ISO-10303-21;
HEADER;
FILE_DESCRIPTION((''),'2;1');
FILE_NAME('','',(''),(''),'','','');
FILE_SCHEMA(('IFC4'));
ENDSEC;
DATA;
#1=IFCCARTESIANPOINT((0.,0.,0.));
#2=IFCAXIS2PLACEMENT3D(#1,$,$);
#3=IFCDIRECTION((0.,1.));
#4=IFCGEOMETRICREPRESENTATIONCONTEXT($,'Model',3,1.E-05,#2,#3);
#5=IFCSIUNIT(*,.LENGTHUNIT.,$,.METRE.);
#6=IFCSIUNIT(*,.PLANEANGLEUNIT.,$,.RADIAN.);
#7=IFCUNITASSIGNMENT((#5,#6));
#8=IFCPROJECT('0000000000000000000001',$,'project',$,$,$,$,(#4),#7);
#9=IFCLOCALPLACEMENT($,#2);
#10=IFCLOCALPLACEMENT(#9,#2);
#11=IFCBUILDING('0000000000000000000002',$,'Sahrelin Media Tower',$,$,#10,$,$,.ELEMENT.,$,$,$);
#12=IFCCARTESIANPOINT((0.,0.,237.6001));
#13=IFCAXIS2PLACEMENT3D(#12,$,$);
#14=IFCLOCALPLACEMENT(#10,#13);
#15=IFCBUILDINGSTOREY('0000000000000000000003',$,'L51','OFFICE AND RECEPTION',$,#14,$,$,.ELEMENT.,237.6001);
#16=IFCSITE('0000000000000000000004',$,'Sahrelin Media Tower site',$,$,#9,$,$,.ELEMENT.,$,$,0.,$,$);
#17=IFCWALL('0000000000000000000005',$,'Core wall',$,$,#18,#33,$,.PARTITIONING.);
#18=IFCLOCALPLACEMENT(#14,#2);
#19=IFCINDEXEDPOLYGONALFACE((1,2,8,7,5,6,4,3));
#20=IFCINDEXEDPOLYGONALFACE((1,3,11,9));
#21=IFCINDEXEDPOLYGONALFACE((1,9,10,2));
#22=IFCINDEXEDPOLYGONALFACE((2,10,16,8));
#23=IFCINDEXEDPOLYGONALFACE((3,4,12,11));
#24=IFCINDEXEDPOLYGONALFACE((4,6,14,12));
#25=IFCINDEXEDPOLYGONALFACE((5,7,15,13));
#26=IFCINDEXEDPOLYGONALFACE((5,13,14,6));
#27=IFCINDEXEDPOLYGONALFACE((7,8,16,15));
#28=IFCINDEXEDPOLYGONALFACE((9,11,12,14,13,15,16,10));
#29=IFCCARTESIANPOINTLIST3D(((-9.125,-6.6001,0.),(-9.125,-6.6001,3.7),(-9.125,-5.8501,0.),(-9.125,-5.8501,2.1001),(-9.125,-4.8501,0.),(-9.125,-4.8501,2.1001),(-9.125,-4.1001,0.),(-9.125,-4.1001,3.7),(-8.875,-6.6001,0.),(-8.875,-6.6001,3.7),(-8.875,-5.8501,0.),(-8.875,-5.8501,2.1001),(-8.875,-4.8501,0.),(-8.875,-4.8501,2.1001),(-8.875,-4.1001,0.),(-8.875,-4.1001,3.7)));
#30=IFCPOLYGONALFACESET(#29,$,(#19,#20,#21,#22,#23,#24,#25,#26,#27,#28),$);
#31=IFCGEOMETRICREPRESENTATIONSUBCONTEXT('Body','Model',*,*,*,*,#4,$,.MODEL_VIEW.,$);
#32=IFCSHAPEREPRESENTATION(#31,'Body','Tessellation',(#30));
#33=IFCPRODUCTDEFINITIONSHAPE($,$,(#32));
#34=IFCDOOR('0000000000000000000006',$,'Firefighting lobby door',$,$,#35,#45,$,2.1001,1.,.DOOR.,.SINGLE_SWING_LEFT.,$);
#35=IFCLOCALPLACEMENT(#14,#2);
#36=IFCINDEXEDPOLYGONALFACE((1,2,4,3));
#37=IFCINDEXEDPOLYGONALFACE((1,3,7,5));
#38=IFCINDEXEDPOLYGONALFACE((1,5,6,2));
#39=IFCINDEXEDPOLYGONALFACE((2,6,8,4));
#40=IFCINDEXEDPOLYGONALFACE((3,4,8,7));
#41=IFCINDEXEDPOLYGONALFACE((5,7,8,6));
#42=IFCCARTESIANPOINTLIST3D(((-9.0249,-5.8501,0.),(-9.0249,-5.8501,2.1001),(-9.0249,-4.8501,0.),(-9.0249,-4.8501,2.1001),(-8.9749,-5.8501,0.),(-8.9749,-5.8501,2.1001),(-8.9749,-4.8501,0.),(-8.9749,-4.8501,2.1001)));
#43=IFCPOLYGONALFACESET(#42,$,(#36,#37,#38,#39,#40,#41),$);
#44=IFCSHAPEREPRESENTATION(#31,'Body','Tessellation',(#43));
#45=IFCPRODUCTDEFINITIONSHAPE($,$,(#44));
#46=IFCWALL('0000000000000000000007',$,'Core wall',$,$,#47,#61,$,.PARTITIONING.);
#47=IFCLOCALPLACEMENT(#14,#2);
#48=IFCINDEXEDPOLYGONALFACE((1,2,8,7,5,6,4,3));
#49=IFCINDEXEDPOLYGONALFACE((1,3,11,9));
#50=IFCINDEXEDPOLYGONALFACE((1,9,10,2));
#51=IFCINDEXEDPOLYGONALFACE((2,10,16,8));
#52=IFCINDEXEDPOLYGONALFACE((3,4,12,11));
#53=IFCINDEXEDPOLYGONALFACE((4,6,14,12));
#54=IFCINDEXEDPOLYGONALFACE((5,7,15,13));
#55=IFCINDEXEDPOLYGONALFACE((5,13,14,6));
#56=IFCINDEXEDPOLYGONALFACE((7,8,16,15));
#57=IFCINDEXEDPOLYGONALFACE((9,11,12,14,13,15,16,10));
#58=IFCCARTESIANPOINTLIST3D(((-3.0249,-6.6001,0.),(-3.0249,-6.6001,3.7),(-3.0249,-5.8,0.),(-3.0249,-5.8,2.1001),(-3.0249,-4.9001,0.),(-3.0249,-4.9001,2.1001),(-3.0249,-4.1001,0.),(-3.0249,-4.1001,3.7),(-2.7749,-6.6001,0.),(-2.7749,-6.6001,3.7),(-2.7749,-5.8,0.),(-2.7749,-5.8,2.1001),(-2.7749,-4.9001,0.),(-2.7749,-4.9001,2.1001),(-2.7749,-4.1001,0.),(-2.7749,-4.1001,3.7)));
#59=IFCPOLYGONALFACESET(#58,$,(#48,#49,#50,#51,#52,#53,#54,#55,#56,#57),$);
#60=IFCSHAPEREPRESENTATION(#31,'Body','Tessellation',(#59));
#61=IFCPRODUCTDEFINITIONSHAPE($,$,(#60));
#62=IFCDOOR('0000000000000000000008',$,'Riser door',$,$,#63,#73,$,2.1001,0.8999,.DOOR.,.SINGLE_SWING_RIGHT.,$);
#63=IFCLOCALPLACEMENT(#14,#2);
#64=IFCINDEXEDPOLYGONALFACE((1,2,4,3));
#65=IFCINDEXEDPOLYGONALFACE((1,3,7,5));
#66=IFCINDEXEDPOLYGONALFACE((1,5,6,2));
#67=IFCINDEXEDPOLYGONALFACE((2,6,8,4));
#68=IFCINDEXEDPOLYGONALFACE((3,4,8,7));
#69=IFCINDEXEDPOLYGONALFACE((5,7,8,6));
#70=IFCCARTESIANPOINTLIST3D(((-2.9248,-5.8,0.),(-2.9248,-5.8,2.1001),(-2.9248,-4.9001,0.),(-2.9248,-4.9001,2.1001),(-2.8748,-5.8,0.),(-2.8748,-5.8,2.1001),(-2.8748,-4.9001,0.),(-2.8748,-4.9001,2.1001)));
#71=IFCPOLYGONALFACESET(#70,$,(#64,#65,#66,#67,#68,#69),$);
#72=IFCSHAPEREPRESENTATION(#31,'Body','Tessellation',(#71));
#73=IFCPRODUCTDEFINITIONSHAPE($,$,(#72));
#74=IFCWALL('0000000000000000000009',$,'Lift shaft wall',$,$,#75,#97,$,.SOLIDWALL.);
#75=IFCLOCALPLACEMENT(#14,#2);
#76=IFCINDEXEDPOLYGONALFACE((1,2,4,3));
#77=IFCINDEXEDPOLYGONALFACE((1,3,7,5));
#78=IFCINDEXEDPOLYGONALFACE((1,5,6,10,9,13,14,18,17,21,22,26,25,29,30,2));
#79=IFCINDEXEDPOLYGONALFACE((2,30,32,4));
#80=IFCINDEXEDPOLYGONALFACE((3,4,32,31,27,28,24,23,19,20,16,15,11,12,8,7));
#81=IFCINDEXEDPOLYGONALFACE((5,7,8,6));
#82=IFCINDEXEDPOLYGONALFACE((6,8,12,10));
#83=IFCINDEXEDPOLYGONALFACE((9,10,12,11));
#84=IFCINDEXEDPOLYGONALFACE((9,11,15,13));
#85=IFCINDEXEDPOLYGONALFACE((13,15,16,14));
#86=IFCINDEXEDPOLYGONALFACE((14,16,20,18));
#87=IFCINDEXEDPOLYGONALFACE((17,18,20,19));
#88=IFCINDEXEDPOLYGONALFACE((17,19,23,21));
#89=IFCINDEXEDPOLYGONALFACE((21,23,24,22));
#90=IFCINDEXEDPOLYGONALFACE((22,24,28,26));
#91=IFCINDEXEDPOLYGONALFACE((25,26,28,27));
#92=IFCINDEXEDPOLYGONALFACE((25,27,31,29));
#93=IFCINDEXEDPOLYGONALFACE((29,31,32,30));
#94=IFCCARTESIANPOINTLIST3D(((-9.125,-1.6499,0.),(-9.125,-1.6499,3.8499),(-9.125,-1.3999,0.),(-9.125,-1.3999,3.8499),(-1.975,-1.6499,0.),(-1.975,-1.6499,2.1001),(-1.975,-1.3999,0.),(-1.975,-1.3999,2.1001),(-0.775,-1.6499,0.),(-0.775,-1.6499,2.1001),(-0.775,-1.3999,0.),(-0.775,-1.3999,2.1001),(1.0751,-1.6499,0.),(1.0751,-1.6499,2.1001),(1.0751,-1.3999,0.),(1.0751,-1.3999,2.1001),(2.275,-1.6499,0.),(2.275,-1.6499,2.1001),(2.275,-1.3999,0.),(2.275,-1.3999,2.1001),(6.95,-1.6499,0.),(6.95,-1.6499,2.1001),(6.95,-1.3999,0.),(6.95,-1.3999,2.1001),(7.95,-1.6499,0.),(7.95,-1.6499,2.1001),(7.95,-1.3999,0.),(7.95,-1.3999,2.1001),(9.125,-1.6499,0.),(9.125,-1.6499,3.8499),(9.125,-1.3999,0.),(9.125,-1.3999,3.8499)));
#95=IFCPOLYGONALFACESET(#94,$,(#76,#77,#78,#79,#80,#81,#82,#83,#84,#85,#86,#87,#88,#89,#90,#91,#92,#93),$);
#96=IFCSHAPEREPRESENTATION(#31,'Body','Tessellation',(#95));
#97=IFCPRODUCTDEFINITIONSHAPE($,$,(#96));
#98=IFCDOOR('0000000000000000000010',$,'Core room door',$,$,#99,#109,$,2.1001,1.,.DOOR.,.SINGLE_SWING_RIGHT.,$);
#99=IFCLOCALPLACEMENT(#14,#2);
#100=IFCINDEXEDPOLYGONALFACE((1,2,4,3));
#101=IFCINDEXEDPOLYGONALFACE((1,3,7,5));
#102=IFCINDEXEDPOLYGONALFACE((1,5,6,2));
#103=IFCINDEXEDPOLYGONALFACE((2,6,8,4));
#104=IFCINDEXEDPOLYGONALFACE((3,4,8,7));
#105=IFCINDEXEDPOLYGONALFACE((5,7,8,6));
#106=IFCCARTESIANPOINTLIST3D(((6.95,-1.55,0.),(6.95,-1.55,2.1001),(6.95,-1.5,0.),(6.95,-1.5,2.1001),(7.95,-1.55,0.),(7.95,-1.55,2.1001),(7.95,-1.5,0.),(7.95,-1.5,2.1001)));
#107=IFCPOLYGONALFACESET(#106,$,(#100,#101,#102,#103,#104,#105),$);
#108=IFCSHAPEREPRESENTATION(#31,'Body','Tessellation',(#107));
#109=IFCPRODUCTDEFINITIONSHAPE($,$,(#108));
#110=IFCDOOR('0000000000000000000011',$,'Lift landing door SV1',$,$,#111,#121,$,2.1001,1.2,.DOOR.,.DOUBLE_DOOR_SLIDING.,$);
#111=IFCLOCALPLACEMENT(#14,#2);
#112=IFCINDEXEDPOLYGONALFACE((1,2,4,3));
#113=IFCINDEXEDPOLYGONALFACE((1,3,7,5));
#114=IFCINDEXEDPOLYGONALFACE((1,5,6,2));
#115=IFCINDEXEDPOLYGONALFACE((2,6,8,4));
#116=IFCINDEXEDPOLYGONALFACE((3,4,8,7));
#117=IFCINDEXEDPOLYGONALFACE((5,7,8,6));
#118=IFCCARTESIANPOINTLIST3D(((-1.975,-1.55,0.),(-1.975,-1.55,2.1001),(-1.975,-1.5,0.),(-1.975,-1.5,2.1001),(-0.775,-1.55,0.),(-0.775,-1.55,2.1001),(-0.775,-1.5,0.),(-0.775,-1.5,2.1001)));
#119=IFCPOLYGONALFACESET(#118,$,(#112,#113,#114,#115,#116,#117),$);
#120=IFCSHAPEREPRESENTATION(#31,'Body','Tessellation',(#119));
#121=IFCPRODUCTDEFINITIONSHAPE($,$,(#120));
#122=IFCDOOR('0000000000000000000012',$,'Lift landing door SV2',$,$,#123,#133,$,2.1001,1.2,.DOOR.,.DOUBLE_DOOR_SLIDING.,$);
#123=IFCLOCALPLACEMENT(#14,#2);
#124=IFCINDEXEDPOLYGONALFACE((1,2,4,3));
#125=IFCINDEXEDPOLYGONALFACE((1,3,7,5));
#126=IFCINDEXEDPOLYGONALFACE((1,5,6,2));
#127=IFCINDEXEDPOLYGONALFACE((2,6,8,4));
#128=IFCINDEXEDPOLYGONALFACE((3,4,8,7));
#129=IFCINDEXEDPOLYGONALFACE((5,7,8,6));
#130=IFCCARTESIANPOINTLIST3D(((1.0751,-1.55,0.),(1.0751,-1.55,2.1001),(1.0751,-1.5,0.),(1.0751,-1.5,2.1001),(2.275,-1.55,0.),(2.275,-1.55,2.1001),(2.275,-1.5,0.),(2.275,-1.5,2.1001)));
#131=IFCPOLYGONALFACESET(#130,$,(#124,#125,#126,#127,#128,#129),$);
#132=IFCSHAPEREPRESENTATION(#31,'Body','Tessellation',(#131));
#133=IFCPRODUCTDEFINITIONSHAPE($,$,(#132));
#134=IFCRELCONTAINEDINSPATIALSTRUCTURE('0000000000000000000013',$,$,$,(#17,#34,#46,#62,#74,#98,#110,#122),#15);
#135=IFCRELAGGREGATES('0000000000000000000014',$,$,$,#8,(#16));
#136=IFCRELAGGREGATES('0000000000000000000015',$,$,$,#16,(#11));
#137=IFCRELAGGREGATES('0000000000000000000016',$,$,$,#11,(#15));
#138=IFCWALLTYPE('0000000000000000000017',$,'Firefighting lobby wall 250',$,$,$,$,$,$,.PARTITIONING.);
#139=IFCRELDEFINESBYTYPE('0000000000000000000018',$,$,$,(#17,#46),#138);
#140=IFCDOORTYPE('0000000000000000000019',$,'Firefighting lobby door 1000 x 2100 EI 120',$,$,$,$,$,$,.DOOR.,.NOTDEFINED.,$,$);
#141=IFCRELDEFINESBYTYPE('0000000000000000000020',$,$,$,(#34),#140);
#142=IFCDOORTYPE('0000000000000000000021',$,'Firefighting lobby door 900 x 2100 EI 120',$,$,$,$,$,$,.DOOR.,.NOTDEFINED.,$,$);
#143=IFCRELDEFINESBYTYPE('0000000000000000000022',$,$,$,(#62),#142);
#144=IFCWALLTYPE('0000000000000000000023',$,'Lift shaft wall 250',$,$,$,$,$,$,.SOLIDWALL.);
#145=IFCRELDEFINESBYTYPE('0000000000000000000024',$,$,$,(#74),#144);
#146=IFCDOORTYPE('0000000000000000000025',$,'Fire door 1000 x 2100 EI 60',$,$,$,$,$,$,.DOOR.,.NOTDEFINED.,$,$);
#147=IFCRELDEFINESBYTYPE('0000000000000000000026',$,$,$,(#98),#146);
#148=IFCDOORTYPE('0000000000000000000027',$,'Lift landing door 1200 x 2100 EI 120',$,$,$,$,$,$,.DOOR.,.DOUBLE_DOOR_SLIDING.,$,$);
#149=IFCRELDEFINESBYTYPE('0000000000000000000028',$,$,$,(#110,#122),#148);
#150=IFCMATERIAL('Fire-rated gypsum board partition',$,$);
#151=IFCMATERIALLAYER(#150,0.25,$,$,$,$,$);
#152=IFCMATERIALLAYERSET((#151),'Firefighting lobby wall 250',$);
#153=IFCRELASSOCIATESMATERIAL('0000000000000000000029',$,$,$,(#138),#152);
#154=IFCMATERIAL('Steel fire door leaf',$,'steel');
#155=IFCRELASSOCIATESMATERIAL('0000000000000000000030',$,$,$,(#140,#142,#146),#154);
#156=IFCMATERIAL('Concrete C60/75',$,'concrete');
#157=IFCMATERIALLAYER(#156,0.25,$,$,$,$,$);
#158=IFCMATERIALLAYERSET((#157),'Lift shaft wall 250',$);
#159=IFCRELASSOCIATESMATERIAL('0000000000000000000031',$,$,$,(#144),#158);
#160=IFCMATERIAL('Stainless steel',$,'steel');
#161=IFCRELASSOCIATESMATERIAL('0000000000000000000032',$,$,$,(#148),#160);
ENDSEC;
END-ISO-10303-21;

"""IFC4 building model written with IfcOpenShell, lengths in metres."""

from ifc_helpers import new_model, si_unit, direction, frame, frame_2d, origin, place, context, subcontext, project, spatial, rectangle, extrude, material, layer, layer_set, type_object, element, fill, save


model = new_model("IFC4")

# Units and contexts
model_context = context("Model", 3, precision=1e-05, world=origin(), true_north=direction((0.0, 1.0)))
body_context = subcontext(model_context, "Body", "Model", "MODEL_VIEW")
ifc_project = project(units=[si_unit("LENGTHUNIT", "METRE"), si_unit("PLANEANGLEUNIT", "RADIAN")], contexts=[model_context])

# Site, building, storey
site_placement = place(None, origin())
site = spatial("IfcSite", under=ifc_project, at=site_placement, Name="Sahrelin Media Tower site", CompositionType="ELEMENT", RefElevation=0.0)
building_placement = place(site_placement, origin())
building = spatial("IfcBuilding", under=site, at=building_placement, Name="Sahrelin Media Tower", CompositionType="ELEMENT")
storey_placement = place(building_placement, frame((0.0, 0.0, 237.6001)))
storey = spatial("IfcBuildingStorey", under=building, at=storey_placement, Name="L51", Description="OFFICE AND RECEPTION", CompositionType="ELEMENT", Elevation=237.6001)

# Shared definitions
ifc_material_1 = material(Name="Concrete C60/75", Category="concrete")

# Walls, openings, doors
ifc_material_2 = material(Name="Fire-rated gypsum board partition")
ifc_layer_1 = layer(ifc_material_2, 0.25)
ifc_layer_set_1 = layer_set([ifc_layer_1], Name="Firefighting lobby wall 250")
wall_type_1 = type_object("IfcWallType", Name="Firefighting lobby wall 250", PredefinedType="PARTITIONING", material=ifc_layer_set_1)
wall_1_placement = place(storey_placement, frame((-9.0, -6.6001, 0.0), z_axis=(0.0, 0.0, 1.0), x_axis=(0.0, 1.0, 0.0)))
wall_1 = element("IfcWall", 1, at=wall_1_placement, inside=storey, type_object=wall_type_1, Name="Core wall", PredefinedType="PARTITIONING", context=body_context, shape_type="SweptSolid", body=[
    extrude(rectangle(XDim=2.5, YDim=0.25, at=frame_2d((1.25, 0.0))), origin(), (0.0, 0.0, 1.0), 3.7),
])
opening_1_placement = place(wall_1_placement, frame((0.75, 0.0, 0.0)))
opening_1 = element("IfcOpeningElement", 2, at=opening_1_placement, cuts=wall_1, PredefinedType="OPENING", context=body_context, shape_type="SweptSolid", body=[
    extrude(rectangle(XDim=1.0, YDim=2.1001, at=frame_2d((0.5, 1.05))), frame((0.0, 0.125, 0.0), z_axis=(0.0, -1.0, 0.0), x_axis=(1.0, 0.0, 0.0)), (0.0, 0.0, 1.0), 0.25),
])
ifc_material_3 = material(Name="Steel fire door leaf", Category="steel")
door_type_1 = type_object("IfcDoorType", Name="Firefighting lobby door 1000 x 2100 EI 120", OperationType="NOTDEFINED", PredefinedType="DOOR", material=ifc_material_3)
door_1_placement = place(opening_1_placement, origin())
door_1 = element("IfcDoor", 3, at=door_1_placement, inside=storey, type_object=door_type_1, Name="Firefighting lobby door", OperationType="SINGLE_SWING_LEFT", OverallHeight=2.1001, OverallWidth=1.0, PredefinedType="DOOR", context=body_context, shape_type="SweptSolid", body=[
    extrude(rectangle(XDim=1.0, YDim=2.1001, at=frame_2d((0.5, 1.05))), frame((0.0, 0.0249, 0.0), z_axis=(0.0, -1.0, 0.0), x_axis=(1.0, 0.0, 0.0)), (0.0, 0.0, 1.0), 0.05),
])
fill(opening_1, door_1)
wall_2_placement = place(storey_placement, frame((-2.8999, -6.6001, 0.0), z_axis=(0.0, 0.0, 1.0), x_axis=(0.0, 1.0, 0.0)))
wall_2 = element("IfcWall", 4, at=wall_2_placement, inside=storey, type_object=wall_type_1, Name="Core wall", PredefinedType="PARTITIONING", context=body_context, shape_type="SweptSolid", body=[
    extrude(rectangle(XDim=2.5, YDim=0.25, at=frame_2d((1.25, 0.0))), origin(), (0.0, 0.0, 1.0), 3.7),
])
opening_2_placement = place(wall_2_placement, frame((0.8, 0.0, 0.0)))
opening_2 = element("IfcOpeningElement", 5, at=opening_2_placement, cuts=wall_2, PredefinedType="OPENING", context=body_context, shape_type="SweptSolid", body=[
    extrude(rectangle(XDim=0.8999, YDim=2.1001, at=frame_2d((0.45, 1.05))), frame((0.0, 0.125, 0.0), z_axis=(0.0, -1.0, 0.0), x_axis=(1.0, 0.0, 0.0)), (0.0, 0.0, 1.0), 0.25),
])
door_type_2 = type_object("IfcDoorType", Name="Firefighting lobby door 900 x 2100 EI 120", OperationType="NOTDEFINED", PredefinedType="DOOR", material=ifc_material_3)
door_2_placement = place(opening_2_placement, origin())
door_2 = element("IfcDoor", 6, at=door_2_placement, inside=storey, type_object=door_type_2, Name="Riser door", OperationType="SINGLE_SWING_RIGHT", OverallHeight=2.1001, OverallWidth=0.8999, PredefinedType="DOOR", context=body_context, shape_type="SweptSolid", body=[
    extrude(rectangle(XDim=0.8999, YDim=2.1001, at=frame_2d((0.45, 1.05))), frame((0.0, 0.0249, 0.0), z_axis=(0.0, -1.0, 0.0), x_axis=(1.0, 0.0, 0.0)), (0.0, 0.0, 1.0), 0.05),
])
fill(opening_2, door_2)

# Wall, openings, doors
ifc_layer_2 = layer(ifc_material_1, 0.25)
ifc_layer_set_2 = layer_set([ifc_layer_2], Name="Lift shaft wall 250")
wall_type_2 = type_object("IfcWallType", Name="Lift shaft wall 250", PredefinedType="SOLIDWALL", material=ifc_layer_set_2)
wall_3_placement = place(storey_placement, frame((-9.125, -1.5249, 0.0), z_axis=(0.0, 0.0, 1.0), x_axis=(1.0, 0.0, 0.0)))
wall_3 = element("IfcWall", 7, at=wall_3_placement, inside=storey, type_object=wall_type_2, Name="Lift shaft wall", PredefinedType="SOLIDWALL", context=body_context, shape_type="SweptSolid", body=[
    extrude(rectangle(XDim=18.25, YDim=0.25, at=frame_2d((9.125, 0.0))), origin(), (0.0, 0.0, 1.0), 3.8499),
])
opening_3_placement = place(wall_3_placement, frame((7.1499, 0.0, 0.0)))
opening_3 = element("IfcOpeningElement", 8, at=opening_3_placement, cuts=wall_3, PredefinedType="OPENING", context=body_context, shape_type="SweptSolid", body=[
    extrude(rectangle(XDim=1.2, YDim=2.1001, at=frame_2d((0.6001, 1.05))), frame((0.0, 0.125, 0.0), z_axis=(0.0, -1.0, 0.0), x_axis=(1.0, 0.0, 0.0)), (0.0, 0.0, 1.0), 0.25),
])
opening_4_placement = place(wall_3_placement, frame((10.2, 0.0, 0.0)))
opening_4 = element("IfcOpeningElement", 9, at=opening_4_placement, cuts=wall_3, PredefinedType="OPENING", context=body_context, shape_type="SweptSolid", body=[
    extrude(rectangle(XDim=1.2, YDim=2.1001, at=frame_2d((0.6001, 1.05))), frame((0.0, 0.125, 0.0), z_axis=(0.0, -1.0, 0.0), x_axis=(1.0, 0.0, 0.0)), (0.0, 0.0, 1.0), 0.25),
])
opening_5_placement = place(wall_3_placement, frame((16.075, 0.0, 0.0)))
opening_5 = element("IfcOpeningElement", 10, at=opening_5_placement, cuts=wall_3, PredefinedType="OPENING", context=body_context, shape_type="SweptSolid", body=[
    extrude(rectangle(XDim=1.0, YDim=2.1001, at=frame_2d((0.5, 1.05))), frame((0.0, 0.125, 0.0), z_axis=(0.0, -1.0, 0.0), x_axis=(1.0, 0.0, 0.0)), (0.0, 0.0, 1.0), 0.25),
])
door_type_3 = type_object("IfcDoorType", Name="Fire door 1000 x 2100 EI 60", OperationType="NOTDEFINED", PredefinedType="DOOR", material=ifc_material_3)
door_3_placement = place(opening_5_placement, origin())
door_3 = element("IfcDoor", 11, at=door_3_placement, inside=storey, type_object=door_type_3, Name="Core room door", OperationType="SINGLE_SWING_RIGHT", OverallHeight=2.1001, OverallWidth=1.0, PredefinedType="DOOR", context=body_context, shape_type="SweptSolid", body=[
    extrude(rectangle(XDim=1.0, YDim=2.1001, at=frame_2d((0.5, 1.05))), frame((0.0, 0.0249, 0.0), z_axis=(0.0, -1.0, 0.0), x_axis=(1.0, 0.0, 0.0)), (0.0, 0.0, 1.0), 0.05),
])
fill(opening_5, door_3)
ifc_material_4 = material(Name="Stainless steel", Category="steel")
door_type_4 = type_object("IfcDoorType", Name="Lift landing door 1200 x 2100 EI 120", OperationType="DOUBLE_DOOR_SLIDING", PredefinedType="DOOR", material=ifc_material_4)
door_4_placement = place(opening_3_placement, origin())
door_4 = element("IfcDoor", 12, at=door_4_placement, inside=storey, type_object=door_type_4, Name="Lift landing door SV1", OperationType="DOUBLE_DOOR_SLIDING", OverallHeight=2.1001, OverallWidth=1.2, PredefinedType="DOOR", context=body_context, shape_type="SweptSolid", body=[
    extrude(rectangle(XDim=1.2, YDim=2.1001, at=frame_2d((0.6001, 1.05))), frame((0.0, 0.0249, 0.0), z_axis=(0.0, -1.0, 0.0), x_axis=(1.0, 0.0, 0.0)), (0.0, 0.0, 1.0), 0.05),
])
fill(opening_3, door_4)
door_5_placement = place(opening_4_placement, origin())
door_5 = element("IfcDoor", 13, at=door_5_placement, inside=storey, type_object=door_type_4, Name="Lift landing door SV2", OperationType="DOUBLE_DOOR_SLIDING", OverallHeight=2.1001, OverallWidth=1.2, PredefinedType="DOOR", context=body_context, shape_type="SweptSolid", body=[
    extrude(rectangle(XDim=1.2, YDim=2.1001, at=frame_2d((0.6001, 1.05))), frame((0.0, 0.0249, 0.0), z_axis=(0.0, -1.0, 0.0), x_axis=(1.0, 0.0, 0.0)), (0.0, 0.0, 1.0), 0.05),
])
fill(opening_4, door_5)

save(model, "model.ifc")
